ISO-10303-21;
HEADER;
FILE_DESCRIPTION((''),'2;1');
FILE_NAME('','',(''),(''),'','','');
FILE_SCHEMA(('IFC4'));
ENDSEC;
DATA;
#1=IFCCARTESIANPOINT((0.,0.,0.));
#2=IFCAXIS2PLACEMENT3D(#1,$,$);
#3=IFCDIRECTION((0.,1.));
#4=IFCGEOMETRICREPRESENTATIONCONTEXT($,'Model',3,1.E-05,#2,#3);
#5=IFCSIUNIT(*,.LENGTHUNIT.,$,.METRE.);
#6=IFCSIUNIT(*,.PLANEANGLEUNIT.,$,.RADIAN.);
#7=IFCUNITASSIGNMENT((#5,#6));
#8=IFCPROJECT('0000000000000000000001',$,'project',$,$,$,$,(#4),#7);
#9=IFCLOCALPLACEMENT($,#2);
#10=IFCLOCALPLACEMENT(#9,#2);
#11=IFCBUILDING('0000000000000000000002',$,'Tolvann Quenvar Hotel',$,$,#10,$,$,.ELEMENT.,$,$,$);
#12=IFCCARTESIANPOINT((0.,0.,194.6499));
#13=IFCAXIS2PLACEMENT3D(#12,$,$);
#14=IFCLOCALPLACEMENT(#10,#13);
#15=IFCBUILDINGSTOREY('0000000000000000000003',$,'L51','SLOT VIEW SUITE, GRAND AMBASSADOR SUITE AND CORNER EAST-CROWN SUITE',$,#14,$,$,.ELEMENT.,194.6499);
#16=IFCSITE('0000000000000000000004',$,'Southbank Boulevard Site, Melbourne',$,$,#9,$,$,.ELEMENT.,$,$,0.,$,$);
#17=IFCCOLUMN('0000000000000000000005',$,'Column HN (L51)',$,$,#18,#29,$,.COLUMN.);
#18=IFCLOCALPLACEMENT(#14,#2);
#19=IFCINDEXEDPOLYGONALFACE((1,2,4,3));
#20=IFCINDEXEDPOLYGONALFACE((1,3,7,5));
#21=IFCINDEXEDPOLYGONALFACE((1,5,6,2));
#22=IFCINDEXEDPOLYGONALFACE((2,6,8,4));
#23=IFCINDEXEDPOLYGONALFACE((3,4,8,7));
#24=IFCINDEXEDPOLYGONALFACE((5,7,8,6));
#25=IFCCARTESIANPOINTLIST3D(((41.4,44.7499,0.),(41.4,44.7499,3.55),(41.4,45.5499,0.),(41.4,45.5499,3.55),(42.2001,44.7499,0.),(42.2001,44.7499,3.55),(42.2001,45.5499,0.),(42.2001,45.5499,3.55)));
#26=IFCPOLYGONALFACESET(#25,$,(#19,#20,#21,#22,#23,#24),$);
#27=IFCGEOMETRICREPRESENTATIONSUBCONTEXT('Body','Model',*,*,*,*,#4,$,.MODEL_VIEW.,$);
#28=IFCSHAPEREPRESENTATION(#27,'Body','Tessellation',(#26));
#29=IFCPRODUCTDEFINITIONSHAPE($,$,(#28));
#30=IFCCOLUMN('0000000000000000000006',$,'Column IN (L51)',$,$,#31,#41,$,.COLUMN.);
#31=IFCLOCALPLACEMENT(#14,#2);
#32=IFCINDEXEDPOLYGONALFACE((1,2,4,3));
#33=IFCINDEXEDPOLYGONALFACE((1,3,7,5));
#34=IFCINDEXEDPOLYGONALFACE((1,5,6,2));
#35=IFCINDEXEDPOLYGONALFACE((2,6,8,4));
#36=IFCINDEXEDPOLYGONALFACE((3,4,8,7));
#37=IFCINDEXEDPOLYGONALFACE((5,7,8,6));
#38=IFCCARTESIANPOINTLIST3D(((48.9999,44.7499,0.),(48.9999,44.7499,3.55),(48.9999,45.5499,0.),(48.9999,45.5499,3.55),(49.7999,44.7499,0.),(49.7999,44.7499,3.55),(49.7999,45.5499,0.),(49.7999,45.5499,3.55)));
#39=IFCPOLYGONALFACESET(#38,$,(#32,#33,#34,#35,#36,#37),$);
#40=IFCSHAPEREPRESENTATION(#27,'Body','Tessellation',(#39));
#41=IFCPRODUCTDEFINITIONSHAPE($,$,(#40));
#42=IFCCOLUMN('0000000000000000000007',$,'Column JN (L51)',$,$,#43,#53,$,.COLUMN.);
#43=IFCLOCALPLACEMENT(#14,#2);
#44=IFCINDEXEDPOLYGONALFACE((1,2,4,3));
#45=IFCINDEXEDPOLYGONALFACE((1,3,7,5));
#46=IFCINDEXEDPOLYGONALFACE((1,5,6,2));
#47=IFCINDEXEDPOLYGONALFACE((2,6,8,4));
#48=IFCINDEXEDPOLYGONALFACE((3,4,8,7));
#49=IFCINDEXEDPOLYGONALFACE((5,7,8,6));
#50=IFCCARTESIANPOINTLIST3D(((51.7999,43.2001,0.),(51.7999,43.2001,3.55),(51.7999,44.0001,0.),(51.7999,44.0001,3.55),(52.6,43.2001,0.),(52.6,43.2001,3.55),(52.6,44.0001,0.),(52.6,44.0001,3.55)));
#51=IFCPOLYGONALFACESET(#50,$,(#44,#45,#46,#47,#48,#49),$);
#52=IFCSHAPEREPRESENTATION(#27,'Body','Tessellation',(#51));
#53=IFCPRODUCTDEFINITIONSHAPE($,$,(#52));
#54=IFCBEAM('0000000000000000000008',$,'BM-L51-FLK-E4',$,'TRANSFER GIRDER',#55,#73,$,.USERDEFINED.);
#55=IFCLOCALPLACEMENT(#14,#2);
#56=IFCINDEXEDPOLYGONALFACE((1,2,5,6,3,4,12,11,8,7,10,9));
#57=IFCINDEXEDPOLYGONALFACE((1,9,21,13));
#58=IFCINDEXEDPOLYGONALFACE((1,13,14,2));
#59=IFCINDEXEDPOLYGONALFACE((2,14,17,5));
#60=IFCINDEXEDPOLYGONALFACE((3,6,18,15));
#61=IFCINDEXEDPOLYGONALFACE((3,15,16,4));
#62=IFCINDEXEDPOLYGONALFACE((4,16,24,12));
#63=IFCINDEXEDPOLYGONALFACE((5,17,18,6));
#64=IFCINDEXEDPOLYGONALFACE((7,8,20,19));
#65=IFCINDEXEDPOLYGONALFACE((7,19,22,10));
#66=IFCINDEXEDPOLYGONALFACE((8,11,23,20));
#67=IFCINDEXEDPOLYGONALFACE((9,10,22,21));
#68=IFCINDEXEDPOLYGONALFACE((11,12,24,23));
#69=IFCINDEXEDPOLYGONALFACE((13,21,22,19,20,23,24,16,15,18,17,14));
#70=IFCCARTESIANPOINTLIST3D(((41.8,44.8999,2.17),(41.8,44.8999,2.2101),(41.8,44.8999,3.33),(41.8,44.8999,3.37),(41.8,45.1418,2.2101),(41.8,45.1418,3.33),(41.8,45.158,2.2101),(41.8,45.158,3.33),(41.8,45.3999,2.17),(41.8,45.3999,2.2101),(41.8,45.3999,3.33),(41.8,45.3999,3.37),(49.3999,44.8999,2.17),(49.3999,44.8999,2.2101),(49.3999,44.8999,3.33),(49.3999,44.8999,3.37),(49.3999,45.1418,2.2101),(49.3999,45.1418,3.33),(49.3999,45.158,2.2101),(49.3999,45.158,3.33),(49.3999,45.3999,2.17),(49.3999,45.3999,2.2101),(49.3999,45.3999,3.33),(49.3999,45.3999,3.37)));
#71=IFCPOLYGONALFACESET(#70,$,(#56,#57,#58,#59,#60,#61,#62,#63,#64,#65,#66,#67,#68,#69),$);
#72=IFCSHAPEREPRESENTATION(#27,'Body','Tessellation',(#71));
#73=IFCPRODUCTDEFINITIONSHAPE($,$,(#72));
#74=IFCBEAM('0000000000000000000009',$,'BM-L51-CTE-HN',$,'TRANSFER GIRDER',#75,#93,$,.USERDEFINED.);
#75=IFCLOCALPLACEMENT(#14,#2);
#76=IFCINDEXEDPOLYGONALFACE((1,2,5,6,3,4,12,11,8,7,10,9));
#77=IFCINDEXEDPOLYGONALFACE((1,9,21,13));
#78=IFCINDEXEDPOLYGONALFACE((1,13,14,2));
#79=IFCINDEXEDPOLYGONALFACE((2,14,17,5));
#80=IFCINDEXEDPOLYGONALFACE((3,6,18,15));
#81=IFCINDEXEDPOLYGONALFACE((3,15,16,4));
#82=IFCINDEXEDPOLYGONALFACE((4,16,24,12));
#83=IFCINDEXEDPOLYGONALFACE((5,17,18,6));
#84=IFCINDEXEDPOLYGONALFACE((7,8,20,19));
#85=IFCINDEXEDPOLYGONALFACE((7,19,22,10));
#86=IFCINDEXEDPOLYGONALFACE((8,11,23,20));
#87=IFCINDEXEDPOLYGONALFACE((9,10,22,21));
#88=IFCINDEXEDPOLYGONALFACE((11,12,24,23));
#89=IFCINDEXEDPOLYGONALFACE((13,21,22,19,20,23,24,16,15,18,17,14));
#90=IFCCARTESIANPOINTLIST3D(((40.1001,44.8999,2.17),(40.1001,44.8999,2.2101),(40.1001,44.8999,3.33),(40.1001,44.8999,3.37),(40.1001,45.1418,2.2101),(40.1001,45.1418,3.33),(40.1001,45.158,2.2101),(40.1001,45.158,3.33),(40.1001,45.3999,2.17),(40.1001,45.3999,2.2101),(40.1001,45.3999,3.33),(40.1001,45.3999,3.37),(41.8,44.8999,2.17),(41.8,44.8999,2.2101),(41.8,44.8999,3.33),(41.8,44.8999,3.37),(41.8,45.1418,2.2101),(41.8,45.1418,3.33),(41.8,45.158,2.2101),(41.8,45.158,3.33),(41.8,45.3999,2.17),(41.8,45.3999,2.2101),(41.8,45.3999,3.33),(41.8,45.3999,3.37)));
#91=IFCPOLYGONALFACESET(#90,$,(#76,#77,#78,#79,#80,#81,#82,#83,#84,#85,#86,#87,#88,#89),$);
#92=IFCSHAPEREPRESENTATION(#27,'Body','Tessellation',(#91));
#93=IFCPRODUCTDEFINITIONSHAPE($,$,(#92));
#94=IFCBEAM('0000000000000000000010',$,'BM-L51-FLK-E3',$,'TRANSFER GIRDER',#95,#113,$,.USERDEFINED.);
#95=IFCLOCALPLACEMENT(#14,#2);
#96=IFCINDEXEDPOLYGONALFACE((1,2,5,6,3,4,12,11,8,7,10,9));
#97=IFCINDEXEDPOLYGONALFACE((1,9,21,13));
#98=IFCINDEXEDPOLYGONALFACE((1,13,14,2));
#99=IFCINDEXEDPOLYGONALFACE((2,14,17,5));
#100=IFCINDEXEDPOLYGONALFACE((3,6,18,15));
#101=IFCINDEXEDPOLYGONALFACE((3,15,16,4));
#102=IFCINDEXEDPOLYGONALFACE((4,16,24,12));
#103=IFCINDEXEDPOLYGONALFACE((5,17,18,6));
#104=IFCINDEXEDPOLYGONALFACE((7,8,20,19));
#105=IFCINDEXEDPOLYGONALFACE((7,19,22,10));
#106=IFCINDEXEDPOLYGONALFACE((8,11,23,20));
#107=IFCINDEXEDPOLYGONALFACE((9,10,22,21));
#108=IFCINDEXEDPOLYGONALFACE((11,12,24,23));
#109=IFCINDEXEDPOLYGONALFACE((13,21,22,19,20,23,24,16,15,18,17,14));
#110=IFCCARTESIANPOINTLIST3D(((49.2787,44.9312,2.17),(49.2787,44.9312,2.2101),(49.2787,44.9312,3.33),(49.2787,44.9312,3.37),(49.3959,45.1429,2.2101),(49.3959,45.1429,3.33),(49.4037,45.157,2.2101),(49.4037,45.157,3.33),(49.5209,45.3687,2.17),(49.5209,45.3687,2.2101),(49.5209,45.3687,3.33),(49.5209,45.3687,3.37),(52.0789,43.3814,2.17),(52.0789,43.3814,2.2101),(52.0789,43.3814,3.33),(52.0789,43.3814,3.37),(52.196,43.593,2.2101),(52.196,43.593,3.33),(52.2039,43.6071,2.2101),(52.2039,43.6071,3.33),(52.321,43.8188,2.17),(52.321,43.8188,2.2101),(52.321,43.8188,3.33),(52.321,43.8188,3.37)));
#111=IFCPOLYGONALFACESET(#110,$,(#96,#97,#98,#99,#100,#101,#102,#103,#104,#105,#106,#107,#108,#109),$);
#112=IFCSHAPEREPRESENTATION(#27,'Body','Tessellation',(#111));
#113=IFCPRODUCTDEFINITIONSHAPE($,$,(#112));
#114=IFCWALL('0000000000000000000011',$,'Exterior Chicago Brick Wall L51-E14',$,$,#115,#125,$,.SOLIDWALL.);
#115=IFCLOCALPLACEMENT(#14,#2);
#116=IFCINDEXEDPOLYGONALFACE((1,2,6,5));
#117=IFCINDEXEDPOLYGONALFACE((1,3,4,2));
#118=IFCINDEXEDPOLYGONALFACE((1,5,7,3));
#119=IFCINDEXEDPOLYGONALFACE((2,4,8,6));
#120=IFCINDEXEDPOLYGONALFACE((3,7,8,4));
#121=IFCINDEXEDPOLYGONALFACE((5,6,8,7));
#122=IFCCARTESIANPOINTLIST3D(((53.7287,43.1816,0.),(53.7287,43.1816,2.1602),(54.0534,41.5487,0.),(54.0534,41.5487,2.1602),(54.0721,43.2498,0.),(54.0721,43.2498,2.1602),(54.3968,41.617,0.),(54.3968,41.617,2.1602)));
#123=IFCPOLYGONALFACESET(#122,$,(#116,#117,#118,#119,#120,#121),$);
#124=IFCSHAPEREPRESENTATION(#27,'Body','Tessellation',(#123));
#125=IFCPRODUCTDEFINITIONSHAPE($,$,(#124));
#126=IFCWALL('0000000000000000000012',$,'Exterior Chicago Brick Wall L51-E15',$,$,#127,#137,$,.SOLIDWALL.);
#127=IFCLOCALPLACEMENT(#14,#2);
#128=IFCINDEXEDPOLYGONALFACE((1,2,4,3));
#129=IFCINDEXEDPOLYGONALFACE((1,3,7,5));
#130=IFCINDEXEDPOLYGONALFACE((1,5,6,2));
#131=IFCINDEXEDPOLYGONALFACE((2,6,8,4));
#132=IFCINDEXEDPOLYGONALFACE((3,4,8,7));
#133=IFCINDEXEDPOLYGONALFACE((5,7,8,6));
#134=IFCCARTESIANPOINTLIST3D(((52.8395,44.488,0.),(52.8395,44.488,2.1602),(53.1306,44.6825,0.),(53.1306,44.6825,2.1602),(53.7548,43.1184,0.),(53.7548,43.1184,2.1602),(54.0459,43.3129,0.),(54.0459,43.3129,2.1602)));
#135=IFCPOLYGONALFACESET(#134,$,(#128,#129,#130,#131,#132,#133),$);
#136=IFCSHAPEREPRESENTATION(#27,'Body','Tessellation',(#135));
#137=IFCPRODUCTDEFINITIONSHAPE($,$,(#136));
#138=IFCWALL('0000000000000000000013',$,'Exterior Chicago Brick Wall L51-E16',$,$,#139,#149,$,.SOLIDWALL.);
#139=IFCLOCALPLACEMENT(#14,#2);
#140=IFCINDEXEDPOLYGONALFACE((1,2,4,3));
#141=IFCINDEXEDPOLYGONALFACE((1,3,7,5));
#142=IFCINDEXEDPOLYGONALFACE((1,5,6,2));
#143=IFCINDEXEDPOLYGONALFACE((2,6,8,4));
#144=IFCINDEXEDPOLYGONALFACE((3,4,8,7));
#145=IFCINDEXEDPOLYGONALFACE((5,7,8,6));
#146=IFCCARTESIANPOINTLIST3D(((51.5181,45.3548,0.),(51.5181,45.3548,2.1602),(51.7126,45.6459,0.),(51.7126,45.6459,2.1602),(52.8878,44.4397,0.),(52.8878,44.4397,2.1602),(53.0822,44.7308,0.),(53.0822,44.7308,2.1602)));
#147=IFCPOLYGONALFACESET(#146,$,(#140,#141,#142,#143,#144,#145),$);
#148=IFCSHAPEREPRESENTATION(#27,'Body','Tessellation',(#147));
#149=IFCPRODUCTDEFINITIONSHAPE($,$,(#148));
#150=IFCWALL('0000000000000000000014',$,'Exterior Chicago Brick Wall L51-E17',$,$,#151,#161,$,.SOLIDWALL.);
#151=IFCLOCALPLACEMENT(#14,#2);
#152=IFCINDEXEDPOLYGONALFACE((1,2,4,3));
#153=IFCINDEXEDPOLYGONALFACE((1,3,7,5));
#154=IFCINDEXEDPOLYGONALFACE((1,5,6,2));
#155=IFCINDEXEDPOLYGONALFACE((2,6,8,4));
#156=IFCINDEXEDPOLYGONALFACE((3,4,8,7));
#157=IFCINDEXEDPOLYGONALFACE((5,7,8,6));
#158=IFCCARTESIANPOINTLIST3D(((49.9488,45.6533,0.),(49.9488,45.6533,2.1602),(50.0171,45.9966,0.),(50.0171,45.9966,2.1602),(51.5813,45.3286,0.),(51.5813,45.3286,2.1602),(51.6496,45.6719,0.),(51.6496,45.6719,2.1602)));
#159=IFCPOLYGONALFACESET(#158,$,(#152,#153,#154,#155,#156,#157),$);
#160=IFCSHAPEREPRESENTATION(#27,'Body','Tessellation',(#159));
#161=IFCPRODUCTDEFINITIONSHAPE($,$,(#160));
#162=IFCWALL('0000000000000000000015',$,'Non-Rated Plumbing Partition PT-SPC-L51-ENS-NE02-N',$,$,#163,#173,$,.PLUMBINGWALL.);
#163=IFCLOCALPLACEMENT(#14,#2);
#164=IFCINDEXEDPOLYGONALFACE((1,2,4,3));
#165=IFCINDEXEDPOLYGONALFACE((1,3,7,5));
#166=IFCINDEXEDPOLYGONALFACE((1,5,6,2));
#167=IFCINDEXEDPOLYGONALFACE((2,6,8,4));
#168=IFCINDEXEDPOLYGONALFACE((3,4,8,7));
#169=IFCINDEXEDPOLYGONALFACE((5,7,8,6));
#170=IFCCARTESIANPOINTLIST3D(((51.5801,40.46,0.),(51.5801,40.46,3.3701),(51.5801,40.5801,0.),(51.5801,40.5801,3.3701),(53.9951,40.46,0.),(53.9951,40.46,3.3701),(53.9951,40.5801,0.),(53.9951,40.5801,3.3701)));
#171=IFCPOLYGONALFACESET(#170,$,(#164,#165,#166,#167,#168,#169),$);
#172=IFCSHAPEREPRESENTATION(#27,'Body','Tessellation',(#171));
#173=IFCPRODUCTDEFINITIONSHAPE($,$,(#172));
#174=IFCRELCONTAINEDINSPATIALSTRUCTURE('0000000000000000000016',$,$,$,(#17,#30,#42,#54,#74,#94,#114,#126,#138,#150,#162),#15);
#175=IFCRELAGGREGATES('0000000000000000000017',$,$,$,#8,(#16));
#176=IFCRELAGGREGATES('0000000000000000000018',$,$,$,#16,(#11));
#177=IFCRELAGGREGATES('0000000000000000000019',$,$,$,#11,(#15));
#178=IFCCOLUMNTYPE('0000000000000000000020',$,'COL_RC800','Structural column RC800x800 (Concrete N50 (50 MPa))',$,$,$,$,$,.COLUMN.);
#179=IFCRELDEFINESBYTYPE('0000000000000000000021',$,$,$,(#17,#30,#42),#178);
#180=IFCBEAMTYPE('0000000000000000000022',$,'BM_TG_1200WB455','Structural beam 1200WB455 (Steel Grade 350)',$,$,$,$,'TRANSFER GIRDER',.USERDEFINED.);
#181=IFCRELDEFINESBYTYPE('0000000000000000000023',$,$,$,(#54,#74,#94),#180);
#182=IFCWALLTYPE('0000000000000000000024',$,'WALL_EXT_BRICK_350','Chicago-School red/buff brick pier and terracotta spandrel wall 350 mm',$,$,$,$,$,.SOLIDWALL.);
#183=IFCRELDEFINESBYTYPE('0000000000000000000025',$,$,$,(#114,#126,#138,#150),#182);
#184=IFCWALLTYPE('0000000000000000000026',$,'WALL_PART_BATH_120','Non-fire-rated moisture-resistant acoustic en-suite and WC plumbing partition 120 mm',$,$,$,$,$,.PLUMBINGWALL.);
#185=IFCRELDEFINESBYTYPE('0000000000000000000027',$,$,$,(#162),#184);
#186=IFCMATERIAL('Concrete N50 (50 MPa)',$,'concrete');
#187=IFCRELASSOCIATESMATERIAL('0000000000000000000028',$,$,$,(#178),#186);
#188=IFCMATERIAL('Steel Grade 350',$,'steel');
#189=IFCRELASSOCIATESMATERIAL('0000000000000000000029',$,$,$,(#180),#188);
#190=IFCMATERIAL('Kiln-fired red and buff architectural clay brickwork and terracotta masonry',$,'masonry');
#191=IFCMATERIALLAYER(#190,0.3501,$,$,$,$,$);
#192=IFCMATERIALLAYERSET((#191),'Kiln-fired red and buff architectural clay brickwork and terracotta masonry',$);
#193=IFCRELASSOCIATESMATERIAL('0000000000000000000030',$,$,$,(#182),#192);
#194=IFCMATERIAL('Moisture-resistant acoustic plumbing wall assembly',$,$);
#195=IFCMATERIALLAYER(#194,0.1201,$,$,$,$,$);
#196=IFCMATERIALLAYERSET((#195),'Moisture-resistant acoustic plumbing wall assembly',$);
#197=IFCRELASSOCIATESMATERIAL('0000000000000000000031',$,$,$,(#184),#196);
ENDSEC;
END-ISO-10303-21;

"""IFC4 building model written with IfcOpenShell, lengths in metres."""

from ifc_helpers import new_model, si_unit, direction, frame, frame_2d, origin, origin_2d, place, context, subcontext, project, spatial, rectangle, i_section, extrude, source, transform, mapped, material, layer, layer_set, material_profile, profile_set, type_object, type_shapes, element, save


model = new_model("IFC4")

# Units and contexts
model_context = context("Model", 3, precision=1e-05, world=origin(), true_north=direction((0.0, 1.0)))
body_context = subcontext(model_context, "Body", "Model", "MODEL_VIEW")
ifc_project = project(units=[si_unit("LENGTHUNIT", "METRE"), si_unit("PLANEANGLEUNIT", "RADIAN")], contexts=[model_context])

# Site, building, storey
site_placement = place(None, origin())
site = spatial("IfcSite", under=ifc_project, at=site_placement, Name="Southbank Boulevard Site, Melbourne", CompositionType="ELEMENT", RefElevation=0.0)
building_placement = place(site_placement, origin())
building = spatial("IfcBuilding", under=site, at=building_placement, Name="Tolvann Quenvar Hotel", CompositionType="ELEMENT")
storey_placement = place(building_placement, frame((0.0, 0.0, 194.6499)))
storey = spatial("IfcBuildingStorey", under=building, at=storey_placement, Name="L51", Description="SLOT VIEW SUITE, GRAND AMBASSADOR SUITE AND CORNER EAST-CROWN SUITE", CompositionType="ELEMENT", Elevation=194.6499)

# Columns
ifc_material_1 = material(Name="Concrete N50 (50 MPa)", Category="concrete")
ifc_material_profile_1 = material_profile(ifc_material_1, rectangle(XDim=0.8, YDim=0.8, at=origin_2d()), Name="RC800x800")
ifc_profile_set_1 = profile_set([ifc_material_profile_1], Name="Concrete N50 (50 MPa)")
column_type = type_object("IfcColumnType", Name="COL_RC800", Description="Structural column RC800x800 (Concrete N50 (50 MPa))", PredefinedType="COLUMN", material=ifc_profile_set_1)
shared_shape_1 = source(origin(), body_context, "Body", "SweptSolid", [
    extrude(rectangle(XDim=0.8, YDim=0.8, at=origin_2d()), origin(), (0.0, 0.0, 1.0), 3.55),
])
type_shapes(column_type, [shared_shape_1])
for number, where, z_axis, x_axis, name in (
    (1, (41.8, 45.1499, 0.0), (0.0, 0.0, 1.0), (1.0, 0.0, 0.0), "Column HN (L51)"),
    (2, (49.3999, 45.1499, 0.0), (0.0, 0.0, 1.0), (1.0, 0.0, 0.0), "Column IN (L51)"),
    (3, (52.2, 43.6001, 0.0), (0.0, 0.0, 1.0), (1.0, 0.0, 0.0), "Column JN (L51)"),
):
    element("IfcColumn", number, at=place(storey_placement, frame(where, z_axis=z_axis, x_axis=x_axis)), inside=storey, type_object=column_type, Name=name, PredefinedType="COLUMN", context=body_context, shape_type="MappedRepresentation", body=[
        mapped(shared_shape_1, transform((0.0, 0.0, 0.0), x_axis=(1.0, 0.0, 0.0), y_axis=(0.0, 1.0, 0.0), z_axis=(0.0, 0.0, 1.0), scale=1.0)),
    ])

# Beams
ifc_material_2 = material(Name="Steel Grade 350", Category="steel")
ifc_material_profile_2 = material_profile(ifc_material_2, i_section(OverallWidth=0.5, OverallDepth=1.2, WebThickness=0.0161, FlangeThickness=0.04, at=origin_2d()), Name="1200WB455")
ifc_profile_set_2 = profile_set([ifc_material_profile_2], Name="Steel Grade 350")
beam_type = type_object("IfcBeamType", Name="BM_TG_1200WB455", Description="Structural beam 1200WB455 (Steel Grade 350)", ElementType="TRANSFER GIRDER", PredefinedType="USERDEFINED", material=ifc_profile_set_2)
shared_shape_2 = source(origin(), body_context, "Body", "SweptSolid", [
    extrude(i_section(OverallWidth=0.5, OverallDepth=1.2, WebThickness=0.0161, FlangeThickness=0.04, at=origin_2d()), origin(), (0.0, 0.0, 1.0), 7.5999),
])
beam_1_placement = place(storey_placement, frame((49.3999, 45.1499, 2.77), z_axis=(-1.0, 0.0, 0.0), x_axis=(0.0, -1.0, 0.0)))
element("IfcBeam", 4, at=beam_1_placement, inside=storey, type_object=beam_type, Name="BM-L51-FLK-E4", ObjectType="TRANSFER GIRDER", PredefinedType="USERDEFINED", context=body_context, shape_type="MappedRepresentation", body=[
    mapped(shared_shape_2, transform((0.0, 0.0, 0.0), x_axis=(1.0, 0.0, 0.0), y_axis=(0.0, 1.0, 0.0), z_axis=(0.0, 0.0, 1.0), scale=1.0)),
])
shared_shape_3 = source(origin(), body_context, "Body", "SweptSolid", [
    extrude(i_section(OverallWidth=0.5, OverallDepth=1.2, WebThickness=0.0161, FlangeThickness=0.04, at=origin_2d()), origin(), (0.0, 0.0, 1.0), 1.7),
])
beam_2_placement = place(storey_placement, frame((40.1001, 45.1499, 2.77), z_axis=(1.0, 0.0, 0.0), x_axis=(0.0, 1.0, 0.0)))
element("IfcBeam", 5, at=beam_2_placement, inside=storey, type_object=beam_type, Name="BM-L51-CTE-HN", ObjectType="TRANSFER GIRDER", PredefinedType="USERDEFINED", context=body_context, shape_type="MappedRepresentation", body=[
    mapped(shared_shape_3, transform((0.0, 0.0, 0.0), x_axis=(1.0, 0.0, 0.0), y_axis=(0.0, 1.0, 0.0), z_axis=(0.0, 0.0, 1.0), scale=1.0)),
])
shared_shape_4 = source(origin(), body_context, "Body", "SweptSolid", [
    extrude(i_section(OverallWidth=0.5, OverallDepth=1.2, WebThickness=0.0161, FlangeThickness=0.04, at=origin_2d()), origin(), (0.0, 0.0, 1.0), 3.2004),
])
type_shapes(beam_type, [shared_shape_2, shared_shape_3, shared_shape_4])
beam_3_placement = place(storey_placement, frame((52.2, 43.6001, 2.77), z_axis=(-0.874923, 0.484263, 0.0), x_axis=(-0.484263, -0.874923, 0.0)))
element("IfcBeam", 6, at=beam_3_placement, inside=storey, type_object=beam_type, Name="BM-L51-FLK-E3", ObjectType="TRANSFER GIRDER", PredefinedType="USERDEFINED", context=body_context, shape_type="MappedRepresentation", body=[
    mapped(shared_shape_4, transform((0.0, 0.0, 0.0), x_axis=(1.0, 0.0, 0.0), y_axis=(0.0, 1.0, 0.0), z_axis=(0.0, 0.0, 1.0), scale=1.0)),
])

# Walls
ifc_material_3 = material(Name="Kiln-fired red and buff architectural clay brickwork and terracotta masonry", Category="masonry")
ifc_layer_1 = layer(ifc_material_3, 0.3501)
ifc_layer_set_1 = layer_set([ifc_layer_1], Name="Kiln-fired red and buff architectural clay brickwork and terracotta masonry")
wall_type_1 = type_object("IfcWallType", Name="WALL_EXT_BRICK_350", Description="Chicago-School red/buff brick pier and terracotta spandrel wall 350 mm", PredefinedType="SOLIDWALL", material=ifc_layer_set_1)
wall_1_placement = place(storey_placement, frame((54.2251, 41.5828, 0.0), z_axis=(0.0, 0.0, 1.0), x_axis=(-0.195044, 0.980794, 0.0)))
element("IfcWall", 7, at=wall_1_placement, inside=storey, type_object=wall_type_1, Name="Exterior Chicago Brick Wall L51-E14", PredefinedType="SOLIDWALL", context=body_context, shape_type="SweptSolid", body=[
    extrude(rectangle(XDim=1.6648, YDim=0.3501, at=frame_2d((0.8325, 0.0))), origin(), (0.0, 0.0, 1.0), 2.1602),
])
for number, where, z_axis, x_axis, name in (
    (8, (53.9004, 43.2156, 0.0), (0.0, 0.0, 1.0), (-0.555623, 0.831434, 0.0), "Exterior Chicago Brick Wall L51-E15"),
    (9, (52.9851, 44.5852, 0.0), (0.0, 0.0, 1.0), (-0.831503, 0.555521, 0.0), "Exterior Chicago Brick Wall L51-E16"),
):
    element("IfcWall", number, at=place(storey_placement, frame(where, z_axis=z_axis, x_axis=x_axis)), inside=storey, type_object=wall_type_1, Name=name, PredefinedType="SOLIDWALL", context=body_context, shape_type="SweptSolid", body=[
        extrude(rectangle(XDim=1.6472, YDim=0.3501, at=frame_2d((0.8237, 0.0))), origin(), (0.0, 0.0, 1.0), 2.1602),
    ])
wall_2_placement = place(storey_placement, frame((51.6155, 45.5002, 0.0), z_axis=(0.0, 0.0, 1.0), x_axis=(-0.980789, 0.195072, 0.0)))
element("IfcWall", 10, at=wall_2_placement, inside=storey, type_object=wall_type_1, Name="Exterior Chicago Brick Wall L51-E17", PredefinedType="SOLIDWALL", context=body_context, shape_type="SweptSolid", body=[
    extrude(rectangle(XDim=1.6646, YDim=0.3501, at=frame_2d((0.8323, 0.0))), origin(), (0.0, 0.0, 1.0), 2.1602),
])

# Wall
ifc_material_4 = material(Name="Moisture-resistant acoustic plumbing wall assembly")
ifc_layer_2 = layer(ifc_material_4, 0.1201)
ifc_layer_set_2 = layer_set([ifc_layer_2], Name="Moisture-resistant acoustic plumbing wall assembly")
wall_type_2 = type_object("IfcWallType", Name="WALL_PART_BATH_120", Description="Non-fire-rated moisture-resistant acoustic en-suite and WC plumbing partition 120 mm", PredefinedType="PLUMBINGWALL", material=ifc_layer_set_2)
wall_3_placement = place(storey_placement, frame((51.5801, 40.52, 0.0), z_axis=(0.0, 0.0, 1.0), x_axis=(1.0, 0.0, 0.0)))
element("IfcWall", 11, at=wall_3_placement, inside=storey, type_object=wall_type_2, Name="Non-Rated Plumbing Partition PT-SPC-L51-ENS-NE02-N", PredefinedType="PLUMBINGWALL", context=body_context, shape_type="SweptSolid", body=[
    extrude(rectangle(XDim=2.415, YDim=0.1201, at=frame_2d((1.2075, 0.0))), origin(), (0.0, 0.0, 1.0), 3.3701),
])

save(model, "model.ifc")
